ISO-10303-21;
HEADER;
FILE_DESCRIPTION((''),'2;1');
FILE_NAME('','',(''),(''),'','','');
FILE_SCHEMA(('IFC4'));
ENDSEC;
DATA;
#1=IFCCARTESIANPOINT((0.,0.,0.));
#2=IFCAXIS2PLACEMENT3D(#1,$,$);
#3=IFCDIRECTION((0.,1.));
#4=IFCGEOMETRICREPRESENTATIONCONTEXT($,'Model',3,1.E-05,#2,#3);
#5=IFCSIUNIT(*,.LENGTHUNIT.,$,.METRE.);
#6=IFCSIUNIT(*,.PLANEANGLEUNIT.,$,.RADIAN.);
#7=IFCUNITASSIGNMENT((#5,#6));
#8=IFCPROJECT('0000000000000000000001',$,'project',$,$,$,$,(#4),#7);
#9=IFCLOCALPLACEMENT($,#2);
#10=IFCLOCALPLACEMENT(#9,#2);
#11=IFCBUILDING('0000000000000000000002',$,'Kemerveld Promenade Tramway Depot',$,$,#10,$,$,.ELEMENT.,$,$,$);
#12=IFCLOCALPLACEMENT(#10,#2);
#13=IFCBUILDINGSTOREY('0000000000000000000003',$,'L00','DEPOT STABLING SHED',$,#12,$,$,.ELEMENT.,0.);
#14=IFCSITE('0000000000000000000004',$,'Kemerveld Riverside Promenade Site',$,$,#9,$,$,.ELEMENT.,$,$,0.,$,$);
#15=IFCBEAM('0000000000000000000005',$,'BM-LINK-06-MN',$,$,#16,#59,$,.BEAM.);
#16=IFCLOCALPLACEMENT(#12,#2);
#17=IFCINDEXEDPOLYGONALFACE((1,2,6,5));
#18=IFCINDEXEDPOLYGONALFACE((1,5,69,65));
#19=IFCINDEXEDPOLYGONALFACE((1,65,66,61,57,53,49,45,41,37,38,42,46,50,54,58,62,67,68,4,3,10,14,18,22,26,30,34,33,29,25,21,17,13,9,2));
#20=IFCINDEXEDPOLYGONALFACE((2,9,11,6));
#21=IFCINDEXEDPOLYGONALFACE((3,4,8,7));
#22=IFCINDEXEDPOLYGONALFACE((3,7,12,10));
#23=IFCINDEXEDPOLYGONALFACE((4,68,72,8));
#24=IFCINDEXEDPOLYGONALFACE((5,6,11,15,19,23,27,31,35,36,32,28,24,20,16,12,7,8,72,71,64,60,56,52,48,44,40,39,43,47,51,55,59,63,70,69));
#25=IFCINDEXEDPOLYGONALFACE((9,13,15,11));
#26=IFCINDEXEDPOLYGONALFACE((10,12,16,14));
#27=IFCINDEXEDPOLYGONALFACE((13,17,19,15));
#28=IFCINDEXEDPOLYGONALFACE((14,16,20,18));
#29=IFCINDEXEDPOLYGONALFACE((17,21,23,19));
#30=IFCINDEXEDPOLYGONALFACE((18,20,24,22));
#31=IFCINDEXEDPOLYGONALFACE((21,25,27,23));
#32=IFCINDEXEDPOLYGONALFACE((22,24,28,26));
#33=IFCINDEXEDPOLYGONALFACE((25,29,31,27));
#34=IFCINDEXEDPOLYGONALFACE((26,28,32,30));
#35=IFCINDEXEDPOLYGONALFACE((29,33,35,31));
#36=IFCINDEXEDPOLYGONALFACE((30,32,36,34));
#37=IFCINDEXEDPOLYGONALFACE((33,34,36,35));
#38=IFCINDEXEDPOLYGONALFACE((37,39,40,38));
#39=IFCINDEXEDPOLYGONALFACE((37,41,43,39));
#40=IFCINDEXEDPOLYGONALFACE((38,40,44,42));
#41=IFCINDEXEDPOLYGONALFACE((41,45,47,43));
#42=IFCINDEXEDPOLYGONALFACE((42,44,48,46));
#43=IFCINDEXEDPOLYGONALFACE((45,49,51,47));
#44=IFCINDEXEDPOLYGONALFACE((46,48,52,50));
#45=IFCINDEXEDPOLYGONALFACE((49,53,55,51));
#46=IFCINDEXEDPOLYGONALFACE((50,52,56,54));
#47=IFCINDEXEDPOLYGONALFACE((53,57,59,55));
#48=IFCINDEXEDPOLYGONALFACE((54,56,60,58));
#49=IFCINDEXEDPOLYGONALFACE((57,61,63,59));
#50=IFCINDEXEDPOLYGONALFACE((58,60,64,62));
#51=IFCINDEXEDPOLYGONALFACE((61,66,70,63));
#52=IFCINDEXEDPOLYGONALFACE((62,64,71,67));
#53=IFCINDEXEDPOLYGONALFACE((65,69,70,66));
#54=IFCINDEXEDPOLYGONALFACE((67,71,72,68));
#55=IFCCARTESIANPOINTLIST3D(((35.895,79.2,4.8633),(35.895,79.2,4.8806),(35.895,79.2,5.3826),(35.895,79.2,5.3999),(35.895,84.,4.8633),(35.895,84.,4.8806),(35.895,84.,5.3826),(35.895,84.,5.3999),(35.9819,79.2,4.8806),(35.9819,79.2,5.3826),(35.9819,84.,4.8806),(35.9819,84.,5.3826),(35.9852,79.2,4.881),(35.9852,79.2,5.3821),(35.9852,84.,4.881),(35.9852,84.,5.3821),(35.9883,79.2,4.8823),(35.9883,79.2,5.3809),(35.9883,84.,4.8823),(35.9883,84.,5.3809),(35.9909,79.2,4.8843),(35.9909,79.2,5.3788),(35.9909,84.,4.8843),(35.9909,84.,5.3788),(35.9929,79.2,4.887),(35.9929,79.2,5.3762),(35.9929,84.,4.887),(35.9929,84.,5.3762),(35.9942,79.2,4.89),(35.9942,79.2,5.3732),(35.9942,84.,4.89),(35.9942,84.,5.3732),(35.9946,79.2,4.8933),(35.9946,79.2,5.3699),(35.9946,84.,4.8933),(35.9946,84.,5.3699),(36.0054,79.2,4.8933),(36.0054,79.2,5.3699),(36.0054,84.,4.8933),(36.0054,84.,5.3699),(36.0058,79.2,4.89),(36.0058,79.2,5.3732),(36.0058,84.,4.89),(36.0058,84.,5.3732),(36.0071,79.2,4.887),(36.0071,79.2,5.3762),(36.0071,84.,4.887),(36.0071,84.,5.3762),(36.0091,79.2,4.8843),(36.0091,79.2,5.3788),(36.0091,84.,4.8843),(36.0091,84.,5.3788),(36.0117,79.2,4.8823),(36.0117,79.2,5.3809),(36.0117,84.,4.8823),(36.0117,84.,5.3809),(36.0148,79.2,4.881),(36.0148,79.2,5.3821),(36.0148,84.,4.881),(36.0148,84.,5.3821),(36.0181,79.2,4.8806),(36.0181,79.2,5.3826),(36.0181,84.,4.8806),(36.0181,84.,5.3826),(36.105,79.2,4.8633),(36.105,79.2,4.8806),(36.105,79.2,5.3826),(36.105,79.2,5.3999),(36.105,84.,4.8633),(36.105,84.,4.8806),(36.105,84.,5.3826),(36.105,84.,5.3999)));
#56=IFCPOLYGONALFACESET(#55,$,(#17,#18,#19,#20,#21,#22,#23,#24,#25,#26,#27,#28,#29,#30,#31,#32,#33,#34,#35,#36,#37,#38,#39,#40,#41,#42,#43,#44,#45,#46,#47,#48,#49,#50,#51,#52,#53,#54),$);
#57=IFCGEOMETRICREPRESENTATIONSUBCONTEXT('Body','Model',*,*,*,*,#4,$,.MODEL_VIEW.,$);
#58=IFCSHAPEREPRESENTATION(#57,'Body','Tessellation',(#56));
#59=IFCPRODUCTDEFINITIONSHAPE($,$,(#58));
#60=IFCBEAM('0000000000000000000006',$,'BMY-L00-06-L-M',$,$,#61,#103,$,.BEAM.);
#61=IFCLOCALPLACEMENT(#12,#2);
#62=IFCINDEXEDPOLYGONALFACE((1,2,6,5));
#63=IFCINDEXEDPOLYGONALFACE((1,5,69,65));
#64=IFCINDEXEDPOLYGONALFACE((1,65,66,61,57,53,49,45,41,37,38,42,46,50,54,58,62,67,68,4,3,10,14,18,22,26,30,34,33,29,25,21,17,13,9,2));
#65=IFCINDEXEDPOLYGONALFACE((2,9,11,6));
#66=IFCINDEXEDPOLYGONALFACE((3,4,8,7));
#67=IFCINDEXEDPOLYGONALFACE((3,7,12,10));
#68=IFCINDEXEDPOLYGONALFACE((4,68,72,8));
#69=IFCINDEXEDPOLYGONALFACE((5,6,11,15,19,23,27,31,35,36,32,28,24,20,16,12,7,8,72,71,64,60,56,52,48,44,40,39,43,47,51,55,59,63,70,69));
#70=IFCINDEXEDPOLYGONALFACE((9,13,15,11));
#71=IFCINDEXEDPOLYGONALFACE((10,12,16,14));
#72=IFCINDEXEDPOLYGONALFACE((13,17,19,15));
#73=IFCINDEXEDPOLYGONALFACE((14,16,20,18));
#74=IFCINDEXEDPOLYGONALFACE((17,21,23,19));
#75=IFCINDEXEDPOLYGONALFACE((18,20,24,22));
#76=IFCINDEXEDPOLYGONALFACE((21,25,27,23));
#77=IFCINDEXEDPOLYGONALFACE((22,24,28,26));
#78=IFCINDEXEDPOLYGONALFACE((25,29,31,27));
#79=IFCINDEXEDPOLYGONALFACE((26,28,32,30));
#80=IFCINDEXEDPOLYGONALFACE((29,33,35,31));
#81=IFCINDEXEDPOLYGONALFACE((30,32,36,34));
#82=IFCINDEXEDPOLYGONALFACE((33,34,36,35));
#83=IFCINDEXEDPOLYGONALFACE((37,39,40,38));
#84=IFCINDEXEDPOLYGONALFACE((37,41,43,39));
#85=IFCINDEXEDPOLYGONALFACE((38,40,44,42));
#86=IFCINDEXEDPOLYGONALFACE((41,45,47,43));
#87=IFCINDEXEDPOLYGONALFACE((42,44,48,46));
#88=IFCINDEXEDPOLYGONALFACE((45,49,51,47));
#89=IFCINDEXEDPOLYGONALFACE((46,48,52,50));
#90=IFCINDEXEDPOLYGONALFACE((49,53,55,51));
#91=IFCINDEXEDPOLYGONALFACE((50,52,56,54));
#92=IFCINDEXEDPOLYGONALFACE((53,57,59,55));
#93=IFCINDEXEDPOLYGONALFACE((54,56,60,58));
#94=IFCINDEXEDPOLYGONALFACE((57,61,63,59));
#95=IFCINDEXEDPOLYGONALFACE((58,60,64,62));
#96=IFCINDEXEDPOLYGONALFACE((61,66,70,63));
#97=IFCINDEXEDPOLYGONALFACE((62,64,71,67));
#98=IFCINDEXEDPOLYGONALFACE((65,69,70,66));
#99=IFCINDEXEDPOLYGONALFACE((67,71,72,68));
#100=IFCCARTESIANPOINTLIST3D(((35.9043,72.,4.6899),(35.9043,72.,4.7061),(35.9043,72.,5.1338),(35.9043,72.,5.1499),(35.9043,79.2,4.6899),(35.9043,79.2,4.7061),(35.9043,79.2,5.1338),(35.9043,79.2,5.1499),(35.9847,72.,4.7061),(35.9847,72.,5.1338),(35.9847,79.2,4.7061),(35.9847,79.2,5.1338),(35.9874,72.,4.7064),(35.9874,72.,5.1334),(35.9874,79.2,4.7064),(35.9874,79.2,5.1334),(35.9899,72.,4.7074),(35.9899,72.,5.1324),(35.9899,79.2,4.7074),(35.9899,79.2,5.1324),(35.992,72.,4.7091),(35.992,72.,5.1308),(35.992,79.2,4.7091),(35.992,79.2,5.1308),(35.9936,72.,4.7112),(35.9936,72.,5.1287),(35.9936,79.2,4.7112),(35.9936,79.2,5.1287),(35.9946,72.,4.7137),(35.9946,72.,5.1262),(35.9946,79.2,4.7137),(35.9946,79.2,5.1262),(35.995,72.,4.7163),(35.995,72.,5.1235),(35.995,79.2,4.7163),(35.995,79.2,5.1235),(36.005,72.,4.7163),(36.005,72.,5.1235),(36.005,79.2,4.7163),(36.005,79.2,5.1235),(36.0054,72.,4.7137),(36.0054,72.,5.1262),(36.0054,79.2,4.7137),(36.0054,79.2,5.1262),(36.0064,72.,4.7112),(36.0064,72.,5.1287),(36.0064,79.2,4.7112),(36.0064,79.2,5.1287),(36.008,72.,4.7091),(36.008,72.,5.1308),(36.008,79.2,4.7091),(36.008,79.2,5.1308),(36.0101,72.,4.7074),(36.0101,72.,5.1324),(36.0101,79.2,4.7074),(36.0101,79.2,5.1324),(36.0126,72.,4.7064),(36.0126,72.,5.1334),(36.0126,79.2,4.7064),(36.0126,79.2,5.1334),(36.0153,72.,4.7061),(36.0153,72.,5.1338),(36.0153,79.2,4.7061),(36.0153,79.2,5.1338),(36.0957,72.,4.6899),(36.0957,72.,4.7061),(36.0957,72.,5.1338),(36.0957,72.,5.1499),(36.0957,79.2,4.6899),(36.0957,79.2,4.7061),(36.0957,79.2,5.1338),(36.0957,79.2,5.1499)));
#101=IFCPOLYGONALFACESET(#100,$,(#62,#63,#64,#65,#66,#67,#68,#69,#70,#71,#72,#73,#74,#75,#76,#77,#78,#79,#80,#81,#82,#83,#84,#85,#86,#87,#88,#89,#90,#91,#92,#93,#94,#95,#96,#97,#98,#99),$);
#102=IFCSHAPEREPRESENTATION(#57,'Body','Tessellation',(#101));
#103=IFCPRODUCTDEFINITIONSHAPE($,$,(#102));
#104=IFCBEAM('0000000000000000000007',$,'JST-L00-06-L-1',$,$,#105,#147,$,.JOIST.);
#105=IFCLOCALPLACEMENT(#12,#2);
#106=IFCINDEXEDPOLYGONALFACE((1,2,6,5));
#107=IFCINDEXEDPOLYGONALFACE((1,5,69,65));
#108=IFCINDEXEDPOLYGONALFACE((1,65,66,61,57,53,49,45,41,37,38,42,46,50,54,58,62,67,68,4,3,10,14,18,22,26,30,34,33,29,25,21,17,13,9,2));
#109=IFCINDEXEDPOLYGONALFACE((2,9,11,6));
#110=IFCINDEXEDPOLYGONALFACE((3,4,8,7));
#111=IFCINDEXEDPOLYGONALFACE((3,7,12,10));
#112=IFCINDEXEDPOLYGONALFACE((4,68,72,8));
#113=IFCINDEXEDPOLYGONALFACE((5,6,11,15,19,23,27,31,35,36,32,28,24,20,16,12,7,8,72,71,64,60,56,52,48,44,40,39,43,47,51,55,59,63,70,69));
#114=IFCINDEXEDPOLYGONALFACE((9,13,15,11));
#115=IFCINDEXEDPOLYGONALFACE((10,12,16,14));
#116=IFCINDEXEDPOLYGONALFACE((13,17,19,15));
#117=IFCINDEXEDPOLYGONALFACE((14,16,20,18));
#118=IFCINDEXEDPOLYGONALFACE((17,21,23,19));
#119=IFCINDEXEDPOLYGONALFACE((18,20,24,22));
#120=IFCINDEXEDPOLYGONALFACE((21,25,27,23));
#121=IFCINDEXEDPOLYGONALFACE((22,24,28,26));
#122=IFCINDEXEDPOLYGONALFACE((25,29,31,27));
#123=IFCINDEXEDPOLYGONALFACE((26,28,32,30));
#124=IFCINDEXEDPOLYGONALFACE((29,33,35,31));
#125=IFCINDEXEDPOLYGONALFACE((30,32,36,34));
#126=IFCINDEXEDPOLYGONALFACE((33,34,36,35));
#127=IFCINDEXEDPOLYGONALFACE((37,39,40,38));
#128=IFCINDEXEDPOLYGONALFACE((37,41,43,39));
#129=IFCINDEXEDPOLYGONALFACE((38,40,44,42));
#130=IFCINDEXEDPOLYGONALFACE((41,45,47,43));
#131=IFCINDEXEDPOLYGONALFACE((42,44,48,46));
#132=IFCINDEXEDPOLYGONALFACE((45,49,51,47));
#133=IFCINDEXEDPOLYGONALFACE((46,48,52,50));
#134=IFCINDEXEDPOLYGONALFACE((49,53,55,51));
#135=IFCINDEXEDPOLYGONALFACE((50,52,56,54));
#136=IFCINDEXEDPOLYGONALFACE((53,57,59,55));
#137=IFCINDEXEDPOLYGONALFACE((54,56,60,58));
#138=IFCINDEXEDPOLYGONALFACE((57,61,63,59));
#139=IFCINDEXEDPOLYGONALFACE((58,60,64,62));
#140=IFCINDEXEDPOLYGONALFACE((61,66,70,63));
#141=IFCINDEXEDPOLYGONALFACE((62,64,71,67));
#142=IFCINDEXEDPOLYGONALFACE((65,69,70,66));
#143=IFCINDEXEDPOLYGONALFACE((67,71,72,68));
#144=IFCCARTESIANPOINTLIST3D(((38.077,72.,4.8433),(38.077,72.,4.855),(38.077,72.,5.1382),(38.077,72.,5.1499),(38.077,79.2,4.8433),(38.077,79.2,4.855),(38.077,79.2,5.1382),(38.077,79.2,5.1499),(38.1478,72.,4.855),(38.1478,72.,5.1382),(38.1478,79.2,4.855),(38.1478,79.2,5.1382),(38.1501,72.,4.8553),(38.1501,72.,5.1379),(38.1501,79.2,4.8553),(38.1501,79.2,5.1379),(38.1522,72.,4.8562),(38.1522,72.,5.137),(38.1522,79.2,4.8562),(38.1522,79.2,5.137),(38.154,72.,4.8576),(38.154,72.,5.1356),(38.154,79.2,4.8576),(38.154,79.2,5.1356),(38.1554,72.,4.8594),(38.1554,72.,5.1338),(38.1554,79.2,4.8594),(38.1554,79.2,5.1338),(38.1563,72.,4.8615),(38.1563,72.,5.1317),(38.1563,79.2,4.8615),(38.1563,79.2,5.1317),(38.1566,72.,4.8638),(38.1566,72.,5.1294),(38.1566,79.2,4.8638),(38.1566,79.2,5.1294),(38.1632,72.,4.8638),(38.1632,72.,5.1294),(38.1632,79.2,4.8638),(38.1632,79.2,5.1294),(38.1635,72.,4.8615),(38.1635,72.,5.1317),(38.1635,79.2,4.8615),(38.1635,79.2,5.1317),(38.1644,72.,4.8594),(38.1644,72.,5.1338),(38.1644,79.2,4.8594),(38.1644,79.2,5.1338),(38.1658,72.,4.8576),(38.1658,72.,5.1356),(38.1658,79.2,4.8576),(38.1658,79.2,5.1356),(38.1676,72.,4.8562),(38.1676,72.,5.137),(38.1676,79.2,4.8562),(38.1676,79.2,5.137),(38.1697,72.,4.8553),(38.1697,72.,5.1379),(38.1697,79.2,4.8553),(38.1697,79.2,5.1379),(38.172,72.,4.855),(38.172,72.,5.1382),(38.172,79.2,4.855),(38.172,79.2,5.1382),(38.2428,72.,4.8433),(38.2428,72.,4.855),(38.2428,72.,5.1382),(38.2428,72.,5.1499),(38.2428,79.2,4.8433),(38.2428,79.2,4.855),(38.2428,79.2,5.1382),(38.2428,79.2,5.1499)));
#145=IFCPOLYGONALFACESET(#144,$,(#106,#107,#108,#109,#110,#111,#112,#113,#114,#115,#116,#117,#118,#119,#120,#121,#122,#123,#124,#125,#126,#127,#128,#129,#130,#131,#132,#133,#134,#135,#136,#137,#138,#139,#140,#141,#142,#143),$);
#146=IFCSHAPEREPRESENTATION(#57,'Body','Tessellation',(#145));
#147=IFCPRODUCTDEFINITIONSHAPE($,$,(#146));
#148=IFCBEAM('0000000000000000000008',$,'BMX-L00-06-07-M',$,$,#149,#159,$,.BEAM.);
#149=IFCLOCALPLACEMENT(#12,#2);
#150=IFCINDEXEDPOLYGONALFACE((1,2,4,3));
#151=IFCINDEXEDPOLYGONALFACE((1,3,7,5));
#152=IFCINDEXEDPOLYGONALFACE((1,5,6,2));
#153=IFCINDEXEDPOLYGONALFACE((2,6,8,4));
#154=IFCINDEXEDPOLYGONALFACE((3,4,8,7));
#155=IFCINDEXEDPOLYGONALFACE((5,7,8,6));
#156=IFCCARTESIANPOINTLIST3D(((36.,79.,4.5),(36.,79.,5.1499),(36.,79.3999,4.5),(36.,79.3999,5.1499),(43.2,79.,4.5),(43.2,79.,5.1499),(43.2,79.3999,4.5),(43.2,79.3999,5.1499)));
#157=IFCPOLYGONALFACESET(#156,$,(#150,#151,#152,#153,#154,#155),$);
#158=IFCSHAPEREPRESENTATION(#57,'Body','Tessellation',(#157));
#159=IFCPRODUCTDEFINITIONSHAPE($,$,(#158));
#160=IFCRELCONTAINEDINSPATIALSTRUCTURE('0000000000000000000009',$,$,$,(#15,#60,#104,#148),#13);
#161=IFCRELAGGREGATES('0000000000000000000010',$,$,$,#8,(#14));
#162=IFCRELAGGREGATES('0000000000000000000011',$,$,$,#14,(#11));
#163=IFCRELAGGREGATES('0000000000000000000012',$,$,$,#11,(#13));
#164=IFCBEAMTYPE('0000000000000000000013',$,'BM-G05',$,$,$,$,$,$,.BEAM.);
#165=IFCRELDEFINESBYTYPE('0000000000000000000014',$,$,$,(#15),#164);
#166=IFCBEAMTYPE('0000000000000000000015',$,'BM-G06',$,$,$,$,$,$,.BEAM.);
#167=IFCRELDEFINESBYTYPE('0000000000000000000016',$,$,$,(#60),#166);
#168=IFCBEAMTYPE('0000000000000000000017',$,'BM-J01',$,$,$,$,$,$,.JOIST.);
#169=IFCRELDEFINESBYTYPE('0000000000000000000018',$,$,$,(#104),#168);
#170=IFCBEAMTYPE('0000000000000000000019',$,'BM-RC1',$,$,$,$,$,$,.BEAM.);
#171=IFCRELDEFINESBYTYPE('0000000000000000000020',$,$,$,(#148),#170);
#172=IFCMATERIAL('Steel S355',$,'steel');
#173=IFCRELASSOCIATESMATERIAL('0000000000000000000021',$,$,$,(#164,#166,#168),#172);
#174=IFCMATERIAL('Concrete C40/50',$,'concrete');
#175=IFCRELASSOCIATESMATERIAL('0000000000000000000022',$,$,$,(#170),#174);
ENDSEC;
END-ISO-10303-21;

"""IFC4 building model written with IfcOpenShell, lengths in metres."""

from ifc_helpers import new_model, si_unit, direction, frame, origin, origin_2d, place, context, subcontext, project, spatial, rectangle, i_section, extrude, material, material_profile, profile_set, type_object, element, save


model = new_model("IFC4")

# Units and contexts
model_context = context("Model", 3, precision=1e-05, world=origin(), true_north=direction((0.0, 1.0)))
body_context = subcontext(model_context, "Body", "Model", "MODEL_VIEW")
ifc_project = project(units=[si_unit("LENGTHUNIT", "METRE"), si_unit("PLANEANGLEUNIT", "RADIAN")], contexts=[model_context])

# Site, building, storey
site_placement = place(None, origin())
site = spatial("IfcSite", under=ifc_project, at=site_placement, Name="Kemerveld Riverside Promenade Site", CompositionType="ELEMENT", RefElevation=0.0)
building_placement = place(site_placement, origin())
building = spatial("IfcBuilding", under=site, at=building_placement, Name="Kemerveld Promenade Tramway Depot", CompositionType="ELEMENT")
storey_placement = place(building_placement, origin())
storey = spatial("IfcBuildingStorey", under=building, at=storey_placement, Name="L00", Description="DEPOT STABLING SHED", CompositionType="ELEMENT", Elevation=0.0)

# Shared definitions
ifc_material_1 = material(Name="Steel S355", Category="steel")

# Beams
ifc_material_profile_1 = material_profile(ifc_material_1, i_section(OverallWidth=0.21, OverallDepth=0.5366, WebThickness=0.0107, FlangeThickness=0.0173, FilletRadius=0.0127, at=origin_2d()), Name="533x210x101 UB")
ifc_profile_set_1 = profile_set([ifc_material_profile_1], Name="Steel S355")
beam_type_1 = type_object("IfcBeamType", Name="BM-G05", PredefinedType="BEAM", material=ifc_profile_set_1)
beam_1_placement = place(storey_placement, frame((36.0, 79.2, 5.1316), z_axis=(0.0, 1.0, 0.0), x_axis=(-1.0, 0.0, 0.0)))
element("IfcBeam", 1, at=beam_1_placement, inside=storey, type_object=beam_type_1, Name="BM-LINK-06-MN", PredefinedType="BEAM", context=body_context, shape_type="SweptSolid", body=[
    extrude(i_section(OverallWidth=0.21, OverallDepth=0.5366, WebThickness=0.0107, FlangeThickness=0.0173, FilletRadius=0.0127, at=origin_2d()), origin(), (0.0, 0.0, 1.0), 4.8),
])
ifc_material_profile_2 = material_profile(ifc_material_1, i_section(OverallWidth=0.1914, OverallDepth=0.46, WebThickness=0.01, FlangeThickness=0.0161, FilletRadius=0.0103, at=origin_2d()), Name="457x191x82 UB")
ifc_profile_set_2 = profile_set([ifc_material_profile_2], Name="Steel S355")
beam_type_2 = type_object("IfcBeamType", Name="BM-G06", PredefinedType="BEAM", material=ifc_profile_set_2)
beam_2_placement = place(storey_placement, frame((36.0, 72.0, 4.9199), z_axis=(0.0, 1.0, 0.0), x_axis=(-1.0, 0.0, 0.0)))
element("IfcBeam", 2, at=beam_2_placement, inside=storey, type_object=beam_type_2, Name="BMY-L00-06-L-M", PredefinedType="BEAM", context=body_context, shape_type="SweptSolid", body=[
    extrude(i_section(OverallWidth=0.1914, OverallDepth=0.46, WebThickness=0.01, FlangeThickness=0.0161, FilletRadius=0.0103, at=origin_2d()), origin(), (0.0, 0.0, 1.0), 7.2),
])
ifc_material_profile_3 = material_profile(ifc_material_1, i_section(OverallWidth=0.1658, OverallDepth=0.3066, WebThickness=0.0066, FlangeThickness=0.0117, FilletRadius=0.0088, at=origin_2d()), Name="305x165x46 UB")
ifc_profile_set_3 = profile_set([ifc_material_profile_3], Name="Steel S355")
beam_type_3 = type_object("IfcBeamType", Name="BM-J01", PredefinedType="JOIST", material=ifc_profile_set_3)
beam_3_placement = place(storey_placement, frame((38.1599, 72.0, 4.9966), z_axis=(0.0, 1.0, 0.0), x_axis=(-1.0, 0.0, 0.0)))
element("IfcBeam", 3, at=beam_3_placement, inside=storey, type_object=beam_type_3, Name="JST-L00-06-L-1", PredefinedType="JOIST", context=body_context, shape_type="SweptSolid", body=[
    extrude(i_section(OverallWidth=0.1658, OverallDepth=0.3066, WebThickness=0.0066, FlangeThickness=0.0117, FilletRadius=0.0088, at=origin_2d()), origin(), (0.0, 0.0, 1.0), 7.2),
])
ifc_material_2 = material(Name="Concrete C40/50", Category="concrete")
ifc_material_profile_4 = material_profile(ifc_material_2, rectangle(XDim=0.3999, YDim=0.6499, at=origin_2d()), Name="RC-BM-400x650")
ifc_profile_set_4 = profile_set([ifc_material_profile_4], Name="Concrete C40/50")
beam_type_4 = type_object("IfcBeamType", Name="BM-RC1", PredefinedType="BEAM", material=ifc_profile_set_4)
beam_4_placement = place(storey_placement, frame((36.0, 79.2, 4.825), z_axis=(1.0, 0.0, 0.0), x_axis=(0.0, 1.0, 0.0)))
element("IfcBeam", 4, at=beam_4_placement, inside=storey, type_object=beam_type_4, Name="BMX-L00-06-07-M", PredefinedType="BEAM", context=body_context, shape_type="SweptSolid", body=[
    extrude(rectangle(XDim=0.3999, YDim=0.6499, at=origin_2d()), origin(), (0.0, 0.0, 1.0), 7.2),
])

save(model, "model.ifc")
